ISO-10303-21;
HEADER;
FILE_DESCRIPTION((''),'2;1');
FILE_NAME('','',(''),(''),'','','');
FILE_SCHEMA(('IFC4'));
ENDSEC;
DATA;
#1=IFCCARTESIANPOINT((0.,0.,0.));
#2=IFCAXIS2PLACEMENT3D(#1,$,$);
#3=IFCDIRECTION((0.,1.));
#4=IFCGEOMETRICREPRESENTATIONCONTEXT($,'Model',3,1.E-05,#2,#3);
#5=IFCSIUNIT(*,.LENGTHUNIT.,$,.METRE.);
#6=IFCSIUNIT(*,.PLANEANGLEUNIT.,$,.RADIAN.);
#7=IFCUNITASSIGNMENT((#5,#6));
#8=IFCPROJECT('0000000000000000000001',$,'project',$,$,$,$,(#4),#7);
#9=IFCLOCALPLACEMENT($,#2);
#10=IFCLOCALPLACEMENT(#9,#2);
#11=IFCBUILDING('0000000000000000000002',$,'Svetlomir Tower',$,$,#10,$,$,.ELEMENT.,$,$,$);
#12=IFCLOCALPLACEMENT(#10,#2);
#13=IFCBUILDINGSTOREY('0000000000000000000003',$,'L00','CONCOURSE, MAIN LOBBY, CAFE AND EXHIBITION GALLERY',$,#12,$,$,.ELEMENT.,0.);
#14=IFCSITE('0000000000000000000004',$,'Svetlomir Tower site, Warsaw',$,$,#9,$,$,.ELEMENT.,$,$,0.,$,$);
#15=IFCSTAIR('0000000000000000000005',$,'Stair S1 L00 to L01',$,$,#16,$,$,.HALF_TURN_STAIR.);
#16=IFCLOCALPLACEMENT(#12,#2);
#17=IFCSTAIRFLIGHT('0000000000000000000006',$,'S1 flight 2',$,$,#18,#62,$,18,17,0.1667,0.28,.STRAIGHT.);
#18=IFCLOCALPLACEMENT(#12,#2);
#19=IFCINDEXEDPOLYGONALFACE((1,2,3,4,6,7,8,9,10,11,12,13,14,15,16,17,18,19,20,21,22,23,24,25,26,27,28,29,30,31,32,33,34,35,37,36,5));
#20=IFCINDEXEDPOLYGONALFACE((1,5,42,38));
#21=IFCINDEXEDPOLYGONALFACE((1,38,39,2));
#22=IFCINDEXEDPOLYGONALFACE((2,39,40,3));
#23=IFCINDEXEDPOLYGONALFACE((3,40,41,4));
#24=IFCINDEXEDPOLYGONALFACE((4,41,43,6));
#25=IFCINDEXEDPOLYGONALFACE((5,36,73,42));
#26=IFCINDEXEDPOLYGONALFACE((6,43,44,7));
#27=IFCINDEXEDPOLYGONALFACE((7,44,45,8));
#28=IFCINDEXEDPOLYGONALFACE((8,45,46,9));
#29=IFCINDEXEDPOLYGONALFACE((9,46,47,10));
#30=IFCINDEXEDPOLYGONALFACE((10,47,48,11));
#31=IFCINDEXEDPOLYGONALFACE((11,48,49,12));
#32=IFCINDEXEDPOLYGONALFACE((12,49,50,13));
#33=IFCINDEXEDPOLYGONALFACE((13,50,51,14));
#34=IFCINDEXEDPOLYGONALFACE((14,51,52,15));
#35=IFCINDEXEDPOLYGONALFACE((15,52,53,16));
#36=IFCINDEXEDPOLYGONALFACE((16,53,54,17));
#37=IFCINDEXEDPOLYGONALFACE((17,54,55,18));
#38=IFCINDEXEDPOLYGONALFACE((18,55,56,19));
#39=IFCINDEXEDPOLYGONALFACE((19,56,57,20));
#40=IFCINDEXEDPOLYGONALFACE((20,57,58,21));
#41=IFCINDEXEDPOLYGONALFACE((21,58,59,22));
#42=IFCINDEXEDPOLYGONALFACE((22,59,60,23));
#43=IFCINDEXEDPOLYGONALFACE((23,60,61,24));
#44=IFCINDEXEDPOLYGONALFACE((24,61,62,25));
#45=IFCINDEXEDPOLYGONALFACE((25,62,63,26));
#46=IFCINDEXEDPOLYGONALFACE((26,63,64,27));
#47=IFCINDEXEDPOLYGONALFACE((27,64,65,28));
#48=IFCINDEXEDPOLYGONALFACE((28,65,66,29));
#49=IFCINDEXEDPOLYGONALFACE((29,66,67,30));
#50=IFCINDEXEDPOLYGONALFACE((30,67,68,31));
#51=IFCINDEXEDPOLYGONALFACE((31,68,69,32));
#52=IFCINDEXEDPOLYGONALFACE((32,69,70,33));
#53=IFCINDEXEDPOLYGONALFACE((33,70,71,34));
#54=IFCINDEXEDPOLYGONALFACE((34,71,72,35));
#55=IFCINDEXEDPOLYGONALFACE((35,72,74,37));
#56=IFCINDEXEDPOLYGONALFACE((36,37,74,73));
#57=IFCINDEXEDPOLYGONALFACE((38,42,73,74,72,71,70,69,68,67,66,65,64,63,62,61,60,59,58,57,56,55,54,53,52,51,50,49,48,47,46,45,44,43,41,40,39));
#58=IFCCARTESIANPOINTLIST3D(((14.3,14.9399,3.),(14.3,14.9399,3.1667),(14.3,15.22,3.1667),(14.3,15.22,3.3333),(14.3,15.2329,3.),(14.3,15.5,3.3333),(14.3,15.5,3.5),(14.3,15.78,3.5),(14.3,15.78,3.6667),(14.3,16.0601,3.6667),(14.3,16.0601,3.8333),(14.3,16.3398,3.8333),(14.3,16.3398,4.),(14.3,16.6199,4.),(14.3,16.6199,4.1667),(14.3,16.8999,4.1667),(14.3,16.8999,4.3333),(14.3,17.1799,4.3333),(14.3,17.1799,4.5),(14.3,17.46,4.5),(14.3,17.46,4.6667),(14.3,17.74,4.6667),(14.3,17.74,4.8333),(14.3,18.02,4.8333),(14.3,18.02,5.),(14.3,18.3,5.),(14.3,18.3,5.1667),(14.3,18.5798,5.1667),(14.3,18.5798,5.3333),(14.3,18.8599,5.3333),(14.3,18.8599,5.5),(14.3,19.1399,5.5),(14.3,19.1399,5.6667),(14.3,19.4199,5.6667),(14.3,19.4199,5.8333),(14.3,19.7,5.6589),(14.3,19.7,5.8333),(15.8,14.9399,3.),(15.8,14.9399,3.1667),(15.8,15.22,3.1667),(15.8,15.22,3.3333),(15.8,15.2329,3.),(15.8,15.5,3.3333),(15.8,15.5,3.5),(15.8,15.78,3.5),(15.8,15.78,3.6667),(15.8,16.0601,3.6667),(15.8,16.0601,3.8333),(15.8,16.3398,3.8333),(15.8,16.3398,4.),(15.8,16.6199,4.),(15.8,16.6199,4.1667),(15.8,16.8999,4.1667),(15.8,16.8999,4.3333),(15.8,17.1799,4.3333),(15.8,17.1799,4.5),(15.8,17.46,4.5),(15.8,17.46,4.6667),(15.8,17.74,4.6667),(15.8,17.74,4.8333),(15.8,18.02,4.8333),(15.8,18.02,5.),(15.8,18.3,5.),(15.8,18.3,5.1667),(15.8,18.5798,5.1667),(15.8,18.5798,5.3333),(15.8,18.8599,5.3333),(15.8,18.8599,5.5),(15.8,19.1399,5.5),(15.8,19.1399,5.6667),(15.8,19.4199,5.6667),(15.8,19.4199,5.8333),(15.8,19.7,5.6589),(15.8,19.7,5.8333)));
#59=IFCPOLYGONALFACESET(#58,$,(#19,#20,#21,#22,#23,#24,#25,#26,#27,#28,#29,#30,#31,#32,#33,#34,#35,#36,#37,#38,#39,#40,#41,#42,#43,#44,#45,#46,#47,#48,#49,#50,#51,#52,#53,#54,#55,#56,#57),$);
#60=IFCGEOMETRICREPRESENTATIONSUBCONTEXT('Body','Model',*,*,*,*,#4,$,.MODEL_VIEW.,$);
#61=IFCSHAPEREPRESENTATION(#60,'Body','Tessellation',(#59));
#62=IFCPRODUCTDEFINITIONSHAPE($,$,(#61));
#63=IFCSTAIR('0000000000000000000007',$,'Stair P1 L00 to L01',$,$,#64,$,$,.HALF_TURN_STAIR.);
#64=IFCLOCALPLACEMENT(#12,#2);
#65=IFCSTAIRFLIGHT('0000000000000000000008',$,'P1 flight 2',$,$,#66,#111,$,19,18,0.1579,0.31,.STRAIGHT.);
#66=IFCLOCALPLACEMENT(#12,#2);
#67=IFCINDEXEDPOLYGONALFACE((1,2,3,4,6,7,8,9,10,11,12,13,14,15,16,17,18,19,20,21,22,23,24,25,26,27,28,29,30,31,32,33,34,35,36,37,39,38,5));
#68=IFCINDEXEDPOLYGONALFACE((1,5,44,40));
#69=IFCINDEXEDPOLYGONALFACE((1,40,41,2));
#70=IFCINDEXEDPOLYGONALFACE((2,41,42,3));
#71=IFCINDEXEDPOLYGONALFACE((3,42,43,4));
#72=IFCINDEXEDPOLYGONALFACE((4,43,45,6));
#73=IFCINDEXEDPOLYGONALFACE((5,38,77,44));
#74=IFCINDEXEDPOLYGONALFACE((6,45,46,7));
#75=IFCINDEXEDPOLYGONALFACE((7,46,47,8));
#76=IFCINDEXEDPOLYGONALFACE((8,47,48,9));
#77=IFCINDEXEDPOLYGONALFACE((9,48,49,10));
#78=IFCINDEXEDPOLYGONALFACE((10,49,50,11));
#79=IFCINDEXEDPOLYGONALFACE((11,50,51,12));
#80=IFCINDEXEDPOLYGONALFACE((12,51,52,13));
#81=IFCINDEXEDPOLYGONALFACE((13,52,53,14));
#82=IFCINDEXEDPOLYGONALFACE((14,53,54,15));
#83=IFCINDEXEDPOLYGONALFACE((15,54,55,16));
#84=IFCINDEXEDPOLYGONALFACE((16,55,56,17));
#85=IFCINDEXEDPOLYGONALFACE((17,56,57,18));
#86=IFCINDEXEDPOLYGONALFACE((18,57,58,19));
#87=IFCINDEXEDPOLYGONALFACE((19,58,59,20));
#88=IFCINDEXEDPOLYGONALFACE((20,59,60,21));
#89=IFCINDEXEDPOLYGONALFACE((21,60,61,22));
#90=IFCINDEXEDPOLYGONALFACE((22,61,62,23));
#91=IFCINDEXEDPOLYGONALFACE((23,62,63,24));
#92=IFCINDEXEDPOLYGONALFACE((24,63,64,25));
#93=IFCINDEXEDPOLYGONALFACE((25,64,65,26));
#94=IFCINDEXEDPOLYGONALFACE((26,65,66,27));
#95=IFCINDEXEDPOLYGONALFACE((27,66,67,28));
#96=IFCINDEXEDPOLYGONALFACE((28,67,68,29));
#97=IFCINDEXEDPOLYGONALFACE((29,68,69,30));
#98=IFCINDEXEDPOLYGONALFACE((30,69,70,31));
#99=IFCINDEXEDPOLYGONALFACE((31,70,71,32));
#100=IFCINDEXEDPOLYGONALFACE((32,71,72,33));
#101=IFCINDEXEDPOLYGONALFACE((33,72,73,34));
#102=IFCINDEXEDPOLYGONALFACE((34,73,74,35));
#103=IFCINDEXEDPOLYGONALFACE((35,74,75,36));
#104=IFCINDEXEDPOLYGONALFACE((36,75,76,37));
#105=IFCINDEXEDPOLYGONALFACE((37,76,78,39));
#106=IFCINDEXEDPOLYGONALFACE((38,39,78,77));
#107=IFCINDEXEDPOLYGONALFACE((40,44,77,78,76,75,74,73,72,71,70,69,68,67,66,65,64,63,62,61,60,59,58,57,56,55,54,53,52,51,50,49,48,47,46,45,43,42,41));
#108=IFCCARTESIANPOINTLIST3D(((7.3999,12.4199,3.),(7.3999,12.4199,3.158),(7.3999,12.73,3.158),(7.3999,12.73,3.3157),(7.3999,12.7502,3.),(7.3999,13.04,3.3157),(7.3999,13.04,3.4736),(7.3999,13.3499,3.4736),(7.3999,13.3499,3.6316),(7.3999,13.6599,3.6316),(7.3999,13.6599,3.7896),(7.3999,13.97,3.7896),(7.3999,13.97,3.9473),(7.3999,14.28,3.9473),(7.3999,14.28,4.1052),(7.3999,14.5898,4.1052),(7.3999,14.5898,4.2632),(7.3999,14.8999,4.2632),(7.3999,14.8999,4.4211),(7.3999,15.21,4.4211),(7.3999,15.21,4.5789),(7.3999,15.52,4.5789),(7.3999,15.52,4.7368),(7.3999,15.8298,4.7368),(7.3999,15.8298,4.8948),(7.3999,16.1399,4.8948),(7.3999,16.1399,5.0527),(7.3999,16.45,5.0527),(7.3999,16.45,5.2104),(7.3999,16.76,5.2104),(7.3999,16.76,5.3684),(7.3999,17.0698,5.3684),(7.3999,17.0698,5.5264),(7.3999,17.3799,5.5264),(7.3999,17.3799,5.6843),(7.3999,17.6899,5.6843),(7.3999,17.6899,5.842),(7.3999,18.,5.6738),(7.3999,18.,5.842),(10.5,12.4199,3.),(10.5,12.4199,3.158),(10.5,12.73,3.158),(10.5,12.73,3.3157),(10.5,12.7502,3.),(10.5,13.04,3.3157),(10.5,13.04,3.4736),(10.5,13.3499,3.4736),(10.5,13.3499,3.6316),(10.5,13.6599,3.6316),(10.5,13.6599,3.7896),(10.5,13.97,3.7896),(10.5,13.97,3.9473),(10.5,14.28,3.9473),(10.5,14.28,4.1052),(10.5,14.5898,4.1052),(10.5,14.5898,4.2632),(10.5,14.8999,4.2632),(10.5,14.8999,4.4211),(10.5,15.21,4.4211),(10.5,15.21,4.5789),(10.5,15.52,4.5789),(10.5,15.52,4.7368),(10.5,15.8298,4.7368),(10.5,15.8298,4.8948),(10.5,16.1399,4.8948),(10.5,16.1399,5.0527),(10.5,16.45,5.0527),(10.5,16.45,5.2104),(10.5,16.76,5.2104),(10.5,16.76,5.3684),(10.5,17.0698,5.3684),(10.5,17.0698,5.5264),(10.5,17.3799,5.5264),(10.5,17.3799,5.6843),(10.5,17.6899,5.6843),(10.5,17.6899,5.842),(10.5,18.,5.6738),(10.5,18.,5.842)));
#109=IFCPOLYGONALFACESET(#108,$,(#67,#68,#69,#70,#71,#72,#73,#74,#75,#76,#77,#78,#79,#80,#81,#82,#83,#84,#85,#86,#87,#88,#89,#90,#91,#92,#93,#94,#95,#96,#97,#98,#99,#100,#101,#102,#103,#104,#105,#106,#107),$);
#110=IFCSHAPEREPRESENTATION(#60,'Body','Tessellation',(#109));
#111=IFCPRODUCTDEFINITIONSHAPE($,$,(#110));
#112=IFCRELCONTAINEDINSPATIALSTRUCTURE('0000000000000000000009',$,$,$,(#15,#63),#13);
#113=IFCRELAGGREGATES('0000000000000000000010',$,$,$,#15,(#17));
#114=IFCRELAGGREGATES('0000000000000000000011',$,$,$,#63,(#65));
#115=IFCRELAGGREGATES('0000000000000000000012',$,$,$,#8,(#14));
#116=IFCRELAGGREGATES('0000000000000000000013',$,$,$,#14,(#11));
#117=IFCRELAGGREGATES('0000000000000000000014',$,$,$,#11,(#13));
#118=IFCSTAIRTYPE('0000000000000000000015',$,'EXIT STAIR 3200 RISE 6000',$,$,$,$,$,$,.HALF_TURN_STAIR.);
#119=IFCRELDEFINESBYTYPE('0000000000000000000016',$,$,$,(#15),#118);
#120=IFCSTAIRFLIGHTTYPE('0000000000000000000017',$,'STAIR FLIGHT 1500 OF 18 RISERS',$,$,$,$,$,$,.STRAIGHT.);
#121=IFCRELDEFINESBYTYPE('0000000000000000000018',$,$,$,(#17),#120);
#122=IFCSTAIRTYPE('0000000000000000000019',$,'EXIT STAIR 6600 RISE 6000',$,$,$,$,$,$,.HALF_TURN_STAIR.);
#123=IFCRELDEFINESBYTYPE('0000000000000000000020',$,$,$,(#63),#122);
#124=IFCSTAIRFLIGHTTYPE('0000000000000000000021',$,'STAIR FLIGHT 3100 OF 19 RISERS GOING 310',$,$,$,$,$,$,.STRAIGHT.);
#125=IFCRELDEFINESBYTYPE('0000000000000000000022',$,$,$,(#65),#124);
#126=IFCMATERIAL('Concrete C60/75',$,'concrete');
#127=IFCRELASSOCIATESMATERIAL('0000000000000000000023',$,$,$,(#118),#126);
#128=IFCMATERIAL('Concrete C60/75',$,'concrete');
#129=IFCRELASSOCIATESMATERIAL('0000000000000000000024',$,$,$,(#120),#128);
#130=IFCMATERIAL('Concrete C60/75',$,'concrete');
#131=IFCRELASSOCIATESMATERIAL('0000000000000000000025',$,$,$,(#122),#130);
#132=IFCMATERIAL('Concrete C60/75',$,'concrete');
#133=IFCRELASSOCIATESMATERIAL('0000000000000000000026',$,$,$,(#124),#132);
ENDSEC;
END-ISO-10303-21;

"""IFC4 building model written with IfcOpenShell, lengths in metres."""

from ifc_helpers import new_model, si_unit, direction, frame, origin, place, context, subcontext, project, spatial, polyline, outline, extrude, material, type_object, element, aggregate, save


model = new_model("IFC4")

# Units and contexts
model_context = context("Model", 3, precision=1e-05, world=origin(), true_north=direction((0.0, 1.0)))
body_context = subcontext(model_context, "Body", "Model", "MODEL_VIEW")
ifc_project = project(units=[si_unit("LENGTHUNIT", "METRE"), si_unit("PLANEANGLEUNIT", "RADIAN")], contexts=[model_context])

# Site, building, storey
site_placement = place(None, origin())
site = spatial("IfcSite", under=ifc_project, at=site_placement, Name="Svetlomir Tower site, Warsaw", CompositionType="ELEMENT", RefElevation=0.0)
building_placement = place(site_placement, origin())
building = spatial("IfcBuilding", under=site, at=building_placement, Name="Svetlomir Tower", CompositionType="ELEMENT")
storey_placement = place(building_placement, origin())
storey = spatial("IfcBuildingStorey", under=building, at=storey_placement, Name="L00", Description="CONCOURSE, MAIN LOBBY, CAFE AND EXHIBITION GALLERY", CompositionType="ELEMENT", Elevation=0.0)

# Stairs, stair flights
ifc_material_1 = material(Name="Concrete C60/75", Category="concrete")
stair_type_1 = type_object("IfcStairType", Name="EXIT STAIR 3200 RISE 6000", PredefinedType="HALF_TURN_STAIR", material=ifc_material_1)
stair_1_placement = place(storey_placement, origin())
stair_1 = element("IfcStair", 1, at=stair_1_placement, inside=storey, type_object=stair_type_1, Name="Stair S1 L00 to L01", PredefinedType="HALF_TURN_STAIR")
ifc_material_2 = material(Name="Concrete C60/75", Category="concrete")
stair_flight_type_1 = type_object("IfcStairFlightType", Name="STAIR FLIGHT 1500 OF 18 RISERS", PredefinedType="STRAIGHT", material=ifc_material_2)
stair_flight_1_placement = place(storey_placement, frame((15.05, 14.9399, 3.0), z_axis=(0.0, 0.0, 1.0), x_axis=(0.0, 1.0, 0.0)))
stair_flight_1 = element("IfcStairFlight", 2, at=stair_flight_1_placement, type_object=stair_flight_type_1, Name="S1 flight 2", NumberOfRisers=18, NumberOfTreads=17, PredefinedType="STRAIGHT", RiserHeight=0.1667, TreadLength=0.28, context=body_context, shape_type="SweptSolid", body=[
    extrude(outline(polyline([(0.0, 0.0), (0.0, 0.1667), (0.28, 0.1667), (0.28, 0.3333), (0.5601, 0.3333), (0.5601, 0.5), (0.8401, 0.5), (0.8401, 0.6667), (1.1201, 0.6667), (1.1201, 0.8333), (1.3999, 0.8333), (1.3999, 1.0), (1.6799, 1.0), (1.6799, 1.1667), (1.96, 1.1667), (1.96, 1.3333), (2.24, 1.3333), (2.24, 1.5), (2.52, 1.5), (2.52, 1.6667), (2.8, 1.6667), (2.8, 1.8333), (3.0801, 1.8333), (3.0801, 2.0), (3.3601, 2.0), (3.3601, 2.1667), (3.6399, 2.1667), (3.6399, 2.3333), (3.9199, 2.3333), (3.9199, 2.5), (4.2, 2.5), (4.2, 2.6667), (4.48, 2.6667), (4.48, 2.8333), (4.76, 2.8333), (4.76, 3.0), (4.76, 2.6589), (0.293, 0.0), (0.0, 0.0)])), frame((0.0, 0.75, 0.0), z_axis=(0.0, -1.0, 0.0), x_axis=(1.0, 0.0, 0.0)), (0.0, 0.0, 1.0), 1.5),
])
aggregate(stair_1, [stair_flight_1])
ifc_material_3 = material(Name="Concrete C60/75", Category="concrete")
stair_type_2 = type_object("IfcStairType", Name="EXIT STAIR 6600 RISE 6000", PredefinedType="HALF_TURN_STAIR", material=ifc_material_3)
stair_2_placement = place(storey_placement, origin())
stair_2 = element("IfcStair", 3, at=stair_2_placement, inside=storey, type_object=stair_type_2, Name="Stair P1 L00 to L01", PredefinedType="HALF_TURN_STAIR")
ifc_material_4 = material(Name="Concrete C60/75", Category="concrete")
stair_flight_type_2 = type_object("IfcStairFlightType", Name="STAIR FLIGHT 3100 OF 19 RISERS GOING 310", PredefinedType="STRAIGHT", material=ifc_material_4)
stair_flight_2_placement = place(storey_placement, frame((8.95, 12.4199, 3.0), z_axis=(0.0, 0.0, 1.0), x_axis=(0.0, 1.0, 0.0)))
stair_flight_2 = element("IfcStairFlight", 4, at=stair_flight_2_placement, type_object=stair_flight_type_2, Name="P1 flight 2", NumberOfRisers=19, NumberOfTreads=18, PredefinedType="STRAIGHT", RiserHeight=0.1579, TreadLength=0.31, context=body_context, shape_type="SweptSolid", body=[
    extrude(outline(polyline([(0.0, 0.0), (0.0, 0.158), (0.3101, 0.158), (0.3101, 0.3157), (0.6201, 0.3157), (0.6201, 0.4736), (0.9299, 0.4736), (0.9299, 0.6316), (1.24, 0.6316), (1.24, 0.7896), (1.55, 0.7896), (1.55, 0.9473), (1.8601, 0.9473), (1.8601, 1.1052), (2.1699, 1.1052), (2.1699, 1.2632), (2.48, 1.2632), (2.48, 1.4211), (2.79, 1.4211), (2.79, 1.5789), (3.1001, 1.5789), (3.1001, 1.7368), (3.4099, 1.7368), (3.4099, 1.8948), (3.72, 1.8948), (3.72, 2.0527), (4.03, 2.0527), (4.03, 2.2104), (4.3401, 2.2104), (4.3401, 2.3684), (4.6499, 2.3684), (4.6499, 2.5264), (4.96, 2.5264), (4.96, 2.6843), (5.27, 2.6843), (5.27, 2.842), (5.5801, 2.842), (5.5801, 3.0), (5.5801, 2.6738), (0.3303, 0.0), (0.0, 0.0)])), frame((0.0, 1.55, 0.0), z_axis=(0.0, -1.0, 0.0), x_axis=(1.0, 0.0, 0.0)), (0.0, 0.0, 1.0), 3.1001),
])
aggregate(stair_2, [stair_flight_2])

save(model, "model.ifc")
